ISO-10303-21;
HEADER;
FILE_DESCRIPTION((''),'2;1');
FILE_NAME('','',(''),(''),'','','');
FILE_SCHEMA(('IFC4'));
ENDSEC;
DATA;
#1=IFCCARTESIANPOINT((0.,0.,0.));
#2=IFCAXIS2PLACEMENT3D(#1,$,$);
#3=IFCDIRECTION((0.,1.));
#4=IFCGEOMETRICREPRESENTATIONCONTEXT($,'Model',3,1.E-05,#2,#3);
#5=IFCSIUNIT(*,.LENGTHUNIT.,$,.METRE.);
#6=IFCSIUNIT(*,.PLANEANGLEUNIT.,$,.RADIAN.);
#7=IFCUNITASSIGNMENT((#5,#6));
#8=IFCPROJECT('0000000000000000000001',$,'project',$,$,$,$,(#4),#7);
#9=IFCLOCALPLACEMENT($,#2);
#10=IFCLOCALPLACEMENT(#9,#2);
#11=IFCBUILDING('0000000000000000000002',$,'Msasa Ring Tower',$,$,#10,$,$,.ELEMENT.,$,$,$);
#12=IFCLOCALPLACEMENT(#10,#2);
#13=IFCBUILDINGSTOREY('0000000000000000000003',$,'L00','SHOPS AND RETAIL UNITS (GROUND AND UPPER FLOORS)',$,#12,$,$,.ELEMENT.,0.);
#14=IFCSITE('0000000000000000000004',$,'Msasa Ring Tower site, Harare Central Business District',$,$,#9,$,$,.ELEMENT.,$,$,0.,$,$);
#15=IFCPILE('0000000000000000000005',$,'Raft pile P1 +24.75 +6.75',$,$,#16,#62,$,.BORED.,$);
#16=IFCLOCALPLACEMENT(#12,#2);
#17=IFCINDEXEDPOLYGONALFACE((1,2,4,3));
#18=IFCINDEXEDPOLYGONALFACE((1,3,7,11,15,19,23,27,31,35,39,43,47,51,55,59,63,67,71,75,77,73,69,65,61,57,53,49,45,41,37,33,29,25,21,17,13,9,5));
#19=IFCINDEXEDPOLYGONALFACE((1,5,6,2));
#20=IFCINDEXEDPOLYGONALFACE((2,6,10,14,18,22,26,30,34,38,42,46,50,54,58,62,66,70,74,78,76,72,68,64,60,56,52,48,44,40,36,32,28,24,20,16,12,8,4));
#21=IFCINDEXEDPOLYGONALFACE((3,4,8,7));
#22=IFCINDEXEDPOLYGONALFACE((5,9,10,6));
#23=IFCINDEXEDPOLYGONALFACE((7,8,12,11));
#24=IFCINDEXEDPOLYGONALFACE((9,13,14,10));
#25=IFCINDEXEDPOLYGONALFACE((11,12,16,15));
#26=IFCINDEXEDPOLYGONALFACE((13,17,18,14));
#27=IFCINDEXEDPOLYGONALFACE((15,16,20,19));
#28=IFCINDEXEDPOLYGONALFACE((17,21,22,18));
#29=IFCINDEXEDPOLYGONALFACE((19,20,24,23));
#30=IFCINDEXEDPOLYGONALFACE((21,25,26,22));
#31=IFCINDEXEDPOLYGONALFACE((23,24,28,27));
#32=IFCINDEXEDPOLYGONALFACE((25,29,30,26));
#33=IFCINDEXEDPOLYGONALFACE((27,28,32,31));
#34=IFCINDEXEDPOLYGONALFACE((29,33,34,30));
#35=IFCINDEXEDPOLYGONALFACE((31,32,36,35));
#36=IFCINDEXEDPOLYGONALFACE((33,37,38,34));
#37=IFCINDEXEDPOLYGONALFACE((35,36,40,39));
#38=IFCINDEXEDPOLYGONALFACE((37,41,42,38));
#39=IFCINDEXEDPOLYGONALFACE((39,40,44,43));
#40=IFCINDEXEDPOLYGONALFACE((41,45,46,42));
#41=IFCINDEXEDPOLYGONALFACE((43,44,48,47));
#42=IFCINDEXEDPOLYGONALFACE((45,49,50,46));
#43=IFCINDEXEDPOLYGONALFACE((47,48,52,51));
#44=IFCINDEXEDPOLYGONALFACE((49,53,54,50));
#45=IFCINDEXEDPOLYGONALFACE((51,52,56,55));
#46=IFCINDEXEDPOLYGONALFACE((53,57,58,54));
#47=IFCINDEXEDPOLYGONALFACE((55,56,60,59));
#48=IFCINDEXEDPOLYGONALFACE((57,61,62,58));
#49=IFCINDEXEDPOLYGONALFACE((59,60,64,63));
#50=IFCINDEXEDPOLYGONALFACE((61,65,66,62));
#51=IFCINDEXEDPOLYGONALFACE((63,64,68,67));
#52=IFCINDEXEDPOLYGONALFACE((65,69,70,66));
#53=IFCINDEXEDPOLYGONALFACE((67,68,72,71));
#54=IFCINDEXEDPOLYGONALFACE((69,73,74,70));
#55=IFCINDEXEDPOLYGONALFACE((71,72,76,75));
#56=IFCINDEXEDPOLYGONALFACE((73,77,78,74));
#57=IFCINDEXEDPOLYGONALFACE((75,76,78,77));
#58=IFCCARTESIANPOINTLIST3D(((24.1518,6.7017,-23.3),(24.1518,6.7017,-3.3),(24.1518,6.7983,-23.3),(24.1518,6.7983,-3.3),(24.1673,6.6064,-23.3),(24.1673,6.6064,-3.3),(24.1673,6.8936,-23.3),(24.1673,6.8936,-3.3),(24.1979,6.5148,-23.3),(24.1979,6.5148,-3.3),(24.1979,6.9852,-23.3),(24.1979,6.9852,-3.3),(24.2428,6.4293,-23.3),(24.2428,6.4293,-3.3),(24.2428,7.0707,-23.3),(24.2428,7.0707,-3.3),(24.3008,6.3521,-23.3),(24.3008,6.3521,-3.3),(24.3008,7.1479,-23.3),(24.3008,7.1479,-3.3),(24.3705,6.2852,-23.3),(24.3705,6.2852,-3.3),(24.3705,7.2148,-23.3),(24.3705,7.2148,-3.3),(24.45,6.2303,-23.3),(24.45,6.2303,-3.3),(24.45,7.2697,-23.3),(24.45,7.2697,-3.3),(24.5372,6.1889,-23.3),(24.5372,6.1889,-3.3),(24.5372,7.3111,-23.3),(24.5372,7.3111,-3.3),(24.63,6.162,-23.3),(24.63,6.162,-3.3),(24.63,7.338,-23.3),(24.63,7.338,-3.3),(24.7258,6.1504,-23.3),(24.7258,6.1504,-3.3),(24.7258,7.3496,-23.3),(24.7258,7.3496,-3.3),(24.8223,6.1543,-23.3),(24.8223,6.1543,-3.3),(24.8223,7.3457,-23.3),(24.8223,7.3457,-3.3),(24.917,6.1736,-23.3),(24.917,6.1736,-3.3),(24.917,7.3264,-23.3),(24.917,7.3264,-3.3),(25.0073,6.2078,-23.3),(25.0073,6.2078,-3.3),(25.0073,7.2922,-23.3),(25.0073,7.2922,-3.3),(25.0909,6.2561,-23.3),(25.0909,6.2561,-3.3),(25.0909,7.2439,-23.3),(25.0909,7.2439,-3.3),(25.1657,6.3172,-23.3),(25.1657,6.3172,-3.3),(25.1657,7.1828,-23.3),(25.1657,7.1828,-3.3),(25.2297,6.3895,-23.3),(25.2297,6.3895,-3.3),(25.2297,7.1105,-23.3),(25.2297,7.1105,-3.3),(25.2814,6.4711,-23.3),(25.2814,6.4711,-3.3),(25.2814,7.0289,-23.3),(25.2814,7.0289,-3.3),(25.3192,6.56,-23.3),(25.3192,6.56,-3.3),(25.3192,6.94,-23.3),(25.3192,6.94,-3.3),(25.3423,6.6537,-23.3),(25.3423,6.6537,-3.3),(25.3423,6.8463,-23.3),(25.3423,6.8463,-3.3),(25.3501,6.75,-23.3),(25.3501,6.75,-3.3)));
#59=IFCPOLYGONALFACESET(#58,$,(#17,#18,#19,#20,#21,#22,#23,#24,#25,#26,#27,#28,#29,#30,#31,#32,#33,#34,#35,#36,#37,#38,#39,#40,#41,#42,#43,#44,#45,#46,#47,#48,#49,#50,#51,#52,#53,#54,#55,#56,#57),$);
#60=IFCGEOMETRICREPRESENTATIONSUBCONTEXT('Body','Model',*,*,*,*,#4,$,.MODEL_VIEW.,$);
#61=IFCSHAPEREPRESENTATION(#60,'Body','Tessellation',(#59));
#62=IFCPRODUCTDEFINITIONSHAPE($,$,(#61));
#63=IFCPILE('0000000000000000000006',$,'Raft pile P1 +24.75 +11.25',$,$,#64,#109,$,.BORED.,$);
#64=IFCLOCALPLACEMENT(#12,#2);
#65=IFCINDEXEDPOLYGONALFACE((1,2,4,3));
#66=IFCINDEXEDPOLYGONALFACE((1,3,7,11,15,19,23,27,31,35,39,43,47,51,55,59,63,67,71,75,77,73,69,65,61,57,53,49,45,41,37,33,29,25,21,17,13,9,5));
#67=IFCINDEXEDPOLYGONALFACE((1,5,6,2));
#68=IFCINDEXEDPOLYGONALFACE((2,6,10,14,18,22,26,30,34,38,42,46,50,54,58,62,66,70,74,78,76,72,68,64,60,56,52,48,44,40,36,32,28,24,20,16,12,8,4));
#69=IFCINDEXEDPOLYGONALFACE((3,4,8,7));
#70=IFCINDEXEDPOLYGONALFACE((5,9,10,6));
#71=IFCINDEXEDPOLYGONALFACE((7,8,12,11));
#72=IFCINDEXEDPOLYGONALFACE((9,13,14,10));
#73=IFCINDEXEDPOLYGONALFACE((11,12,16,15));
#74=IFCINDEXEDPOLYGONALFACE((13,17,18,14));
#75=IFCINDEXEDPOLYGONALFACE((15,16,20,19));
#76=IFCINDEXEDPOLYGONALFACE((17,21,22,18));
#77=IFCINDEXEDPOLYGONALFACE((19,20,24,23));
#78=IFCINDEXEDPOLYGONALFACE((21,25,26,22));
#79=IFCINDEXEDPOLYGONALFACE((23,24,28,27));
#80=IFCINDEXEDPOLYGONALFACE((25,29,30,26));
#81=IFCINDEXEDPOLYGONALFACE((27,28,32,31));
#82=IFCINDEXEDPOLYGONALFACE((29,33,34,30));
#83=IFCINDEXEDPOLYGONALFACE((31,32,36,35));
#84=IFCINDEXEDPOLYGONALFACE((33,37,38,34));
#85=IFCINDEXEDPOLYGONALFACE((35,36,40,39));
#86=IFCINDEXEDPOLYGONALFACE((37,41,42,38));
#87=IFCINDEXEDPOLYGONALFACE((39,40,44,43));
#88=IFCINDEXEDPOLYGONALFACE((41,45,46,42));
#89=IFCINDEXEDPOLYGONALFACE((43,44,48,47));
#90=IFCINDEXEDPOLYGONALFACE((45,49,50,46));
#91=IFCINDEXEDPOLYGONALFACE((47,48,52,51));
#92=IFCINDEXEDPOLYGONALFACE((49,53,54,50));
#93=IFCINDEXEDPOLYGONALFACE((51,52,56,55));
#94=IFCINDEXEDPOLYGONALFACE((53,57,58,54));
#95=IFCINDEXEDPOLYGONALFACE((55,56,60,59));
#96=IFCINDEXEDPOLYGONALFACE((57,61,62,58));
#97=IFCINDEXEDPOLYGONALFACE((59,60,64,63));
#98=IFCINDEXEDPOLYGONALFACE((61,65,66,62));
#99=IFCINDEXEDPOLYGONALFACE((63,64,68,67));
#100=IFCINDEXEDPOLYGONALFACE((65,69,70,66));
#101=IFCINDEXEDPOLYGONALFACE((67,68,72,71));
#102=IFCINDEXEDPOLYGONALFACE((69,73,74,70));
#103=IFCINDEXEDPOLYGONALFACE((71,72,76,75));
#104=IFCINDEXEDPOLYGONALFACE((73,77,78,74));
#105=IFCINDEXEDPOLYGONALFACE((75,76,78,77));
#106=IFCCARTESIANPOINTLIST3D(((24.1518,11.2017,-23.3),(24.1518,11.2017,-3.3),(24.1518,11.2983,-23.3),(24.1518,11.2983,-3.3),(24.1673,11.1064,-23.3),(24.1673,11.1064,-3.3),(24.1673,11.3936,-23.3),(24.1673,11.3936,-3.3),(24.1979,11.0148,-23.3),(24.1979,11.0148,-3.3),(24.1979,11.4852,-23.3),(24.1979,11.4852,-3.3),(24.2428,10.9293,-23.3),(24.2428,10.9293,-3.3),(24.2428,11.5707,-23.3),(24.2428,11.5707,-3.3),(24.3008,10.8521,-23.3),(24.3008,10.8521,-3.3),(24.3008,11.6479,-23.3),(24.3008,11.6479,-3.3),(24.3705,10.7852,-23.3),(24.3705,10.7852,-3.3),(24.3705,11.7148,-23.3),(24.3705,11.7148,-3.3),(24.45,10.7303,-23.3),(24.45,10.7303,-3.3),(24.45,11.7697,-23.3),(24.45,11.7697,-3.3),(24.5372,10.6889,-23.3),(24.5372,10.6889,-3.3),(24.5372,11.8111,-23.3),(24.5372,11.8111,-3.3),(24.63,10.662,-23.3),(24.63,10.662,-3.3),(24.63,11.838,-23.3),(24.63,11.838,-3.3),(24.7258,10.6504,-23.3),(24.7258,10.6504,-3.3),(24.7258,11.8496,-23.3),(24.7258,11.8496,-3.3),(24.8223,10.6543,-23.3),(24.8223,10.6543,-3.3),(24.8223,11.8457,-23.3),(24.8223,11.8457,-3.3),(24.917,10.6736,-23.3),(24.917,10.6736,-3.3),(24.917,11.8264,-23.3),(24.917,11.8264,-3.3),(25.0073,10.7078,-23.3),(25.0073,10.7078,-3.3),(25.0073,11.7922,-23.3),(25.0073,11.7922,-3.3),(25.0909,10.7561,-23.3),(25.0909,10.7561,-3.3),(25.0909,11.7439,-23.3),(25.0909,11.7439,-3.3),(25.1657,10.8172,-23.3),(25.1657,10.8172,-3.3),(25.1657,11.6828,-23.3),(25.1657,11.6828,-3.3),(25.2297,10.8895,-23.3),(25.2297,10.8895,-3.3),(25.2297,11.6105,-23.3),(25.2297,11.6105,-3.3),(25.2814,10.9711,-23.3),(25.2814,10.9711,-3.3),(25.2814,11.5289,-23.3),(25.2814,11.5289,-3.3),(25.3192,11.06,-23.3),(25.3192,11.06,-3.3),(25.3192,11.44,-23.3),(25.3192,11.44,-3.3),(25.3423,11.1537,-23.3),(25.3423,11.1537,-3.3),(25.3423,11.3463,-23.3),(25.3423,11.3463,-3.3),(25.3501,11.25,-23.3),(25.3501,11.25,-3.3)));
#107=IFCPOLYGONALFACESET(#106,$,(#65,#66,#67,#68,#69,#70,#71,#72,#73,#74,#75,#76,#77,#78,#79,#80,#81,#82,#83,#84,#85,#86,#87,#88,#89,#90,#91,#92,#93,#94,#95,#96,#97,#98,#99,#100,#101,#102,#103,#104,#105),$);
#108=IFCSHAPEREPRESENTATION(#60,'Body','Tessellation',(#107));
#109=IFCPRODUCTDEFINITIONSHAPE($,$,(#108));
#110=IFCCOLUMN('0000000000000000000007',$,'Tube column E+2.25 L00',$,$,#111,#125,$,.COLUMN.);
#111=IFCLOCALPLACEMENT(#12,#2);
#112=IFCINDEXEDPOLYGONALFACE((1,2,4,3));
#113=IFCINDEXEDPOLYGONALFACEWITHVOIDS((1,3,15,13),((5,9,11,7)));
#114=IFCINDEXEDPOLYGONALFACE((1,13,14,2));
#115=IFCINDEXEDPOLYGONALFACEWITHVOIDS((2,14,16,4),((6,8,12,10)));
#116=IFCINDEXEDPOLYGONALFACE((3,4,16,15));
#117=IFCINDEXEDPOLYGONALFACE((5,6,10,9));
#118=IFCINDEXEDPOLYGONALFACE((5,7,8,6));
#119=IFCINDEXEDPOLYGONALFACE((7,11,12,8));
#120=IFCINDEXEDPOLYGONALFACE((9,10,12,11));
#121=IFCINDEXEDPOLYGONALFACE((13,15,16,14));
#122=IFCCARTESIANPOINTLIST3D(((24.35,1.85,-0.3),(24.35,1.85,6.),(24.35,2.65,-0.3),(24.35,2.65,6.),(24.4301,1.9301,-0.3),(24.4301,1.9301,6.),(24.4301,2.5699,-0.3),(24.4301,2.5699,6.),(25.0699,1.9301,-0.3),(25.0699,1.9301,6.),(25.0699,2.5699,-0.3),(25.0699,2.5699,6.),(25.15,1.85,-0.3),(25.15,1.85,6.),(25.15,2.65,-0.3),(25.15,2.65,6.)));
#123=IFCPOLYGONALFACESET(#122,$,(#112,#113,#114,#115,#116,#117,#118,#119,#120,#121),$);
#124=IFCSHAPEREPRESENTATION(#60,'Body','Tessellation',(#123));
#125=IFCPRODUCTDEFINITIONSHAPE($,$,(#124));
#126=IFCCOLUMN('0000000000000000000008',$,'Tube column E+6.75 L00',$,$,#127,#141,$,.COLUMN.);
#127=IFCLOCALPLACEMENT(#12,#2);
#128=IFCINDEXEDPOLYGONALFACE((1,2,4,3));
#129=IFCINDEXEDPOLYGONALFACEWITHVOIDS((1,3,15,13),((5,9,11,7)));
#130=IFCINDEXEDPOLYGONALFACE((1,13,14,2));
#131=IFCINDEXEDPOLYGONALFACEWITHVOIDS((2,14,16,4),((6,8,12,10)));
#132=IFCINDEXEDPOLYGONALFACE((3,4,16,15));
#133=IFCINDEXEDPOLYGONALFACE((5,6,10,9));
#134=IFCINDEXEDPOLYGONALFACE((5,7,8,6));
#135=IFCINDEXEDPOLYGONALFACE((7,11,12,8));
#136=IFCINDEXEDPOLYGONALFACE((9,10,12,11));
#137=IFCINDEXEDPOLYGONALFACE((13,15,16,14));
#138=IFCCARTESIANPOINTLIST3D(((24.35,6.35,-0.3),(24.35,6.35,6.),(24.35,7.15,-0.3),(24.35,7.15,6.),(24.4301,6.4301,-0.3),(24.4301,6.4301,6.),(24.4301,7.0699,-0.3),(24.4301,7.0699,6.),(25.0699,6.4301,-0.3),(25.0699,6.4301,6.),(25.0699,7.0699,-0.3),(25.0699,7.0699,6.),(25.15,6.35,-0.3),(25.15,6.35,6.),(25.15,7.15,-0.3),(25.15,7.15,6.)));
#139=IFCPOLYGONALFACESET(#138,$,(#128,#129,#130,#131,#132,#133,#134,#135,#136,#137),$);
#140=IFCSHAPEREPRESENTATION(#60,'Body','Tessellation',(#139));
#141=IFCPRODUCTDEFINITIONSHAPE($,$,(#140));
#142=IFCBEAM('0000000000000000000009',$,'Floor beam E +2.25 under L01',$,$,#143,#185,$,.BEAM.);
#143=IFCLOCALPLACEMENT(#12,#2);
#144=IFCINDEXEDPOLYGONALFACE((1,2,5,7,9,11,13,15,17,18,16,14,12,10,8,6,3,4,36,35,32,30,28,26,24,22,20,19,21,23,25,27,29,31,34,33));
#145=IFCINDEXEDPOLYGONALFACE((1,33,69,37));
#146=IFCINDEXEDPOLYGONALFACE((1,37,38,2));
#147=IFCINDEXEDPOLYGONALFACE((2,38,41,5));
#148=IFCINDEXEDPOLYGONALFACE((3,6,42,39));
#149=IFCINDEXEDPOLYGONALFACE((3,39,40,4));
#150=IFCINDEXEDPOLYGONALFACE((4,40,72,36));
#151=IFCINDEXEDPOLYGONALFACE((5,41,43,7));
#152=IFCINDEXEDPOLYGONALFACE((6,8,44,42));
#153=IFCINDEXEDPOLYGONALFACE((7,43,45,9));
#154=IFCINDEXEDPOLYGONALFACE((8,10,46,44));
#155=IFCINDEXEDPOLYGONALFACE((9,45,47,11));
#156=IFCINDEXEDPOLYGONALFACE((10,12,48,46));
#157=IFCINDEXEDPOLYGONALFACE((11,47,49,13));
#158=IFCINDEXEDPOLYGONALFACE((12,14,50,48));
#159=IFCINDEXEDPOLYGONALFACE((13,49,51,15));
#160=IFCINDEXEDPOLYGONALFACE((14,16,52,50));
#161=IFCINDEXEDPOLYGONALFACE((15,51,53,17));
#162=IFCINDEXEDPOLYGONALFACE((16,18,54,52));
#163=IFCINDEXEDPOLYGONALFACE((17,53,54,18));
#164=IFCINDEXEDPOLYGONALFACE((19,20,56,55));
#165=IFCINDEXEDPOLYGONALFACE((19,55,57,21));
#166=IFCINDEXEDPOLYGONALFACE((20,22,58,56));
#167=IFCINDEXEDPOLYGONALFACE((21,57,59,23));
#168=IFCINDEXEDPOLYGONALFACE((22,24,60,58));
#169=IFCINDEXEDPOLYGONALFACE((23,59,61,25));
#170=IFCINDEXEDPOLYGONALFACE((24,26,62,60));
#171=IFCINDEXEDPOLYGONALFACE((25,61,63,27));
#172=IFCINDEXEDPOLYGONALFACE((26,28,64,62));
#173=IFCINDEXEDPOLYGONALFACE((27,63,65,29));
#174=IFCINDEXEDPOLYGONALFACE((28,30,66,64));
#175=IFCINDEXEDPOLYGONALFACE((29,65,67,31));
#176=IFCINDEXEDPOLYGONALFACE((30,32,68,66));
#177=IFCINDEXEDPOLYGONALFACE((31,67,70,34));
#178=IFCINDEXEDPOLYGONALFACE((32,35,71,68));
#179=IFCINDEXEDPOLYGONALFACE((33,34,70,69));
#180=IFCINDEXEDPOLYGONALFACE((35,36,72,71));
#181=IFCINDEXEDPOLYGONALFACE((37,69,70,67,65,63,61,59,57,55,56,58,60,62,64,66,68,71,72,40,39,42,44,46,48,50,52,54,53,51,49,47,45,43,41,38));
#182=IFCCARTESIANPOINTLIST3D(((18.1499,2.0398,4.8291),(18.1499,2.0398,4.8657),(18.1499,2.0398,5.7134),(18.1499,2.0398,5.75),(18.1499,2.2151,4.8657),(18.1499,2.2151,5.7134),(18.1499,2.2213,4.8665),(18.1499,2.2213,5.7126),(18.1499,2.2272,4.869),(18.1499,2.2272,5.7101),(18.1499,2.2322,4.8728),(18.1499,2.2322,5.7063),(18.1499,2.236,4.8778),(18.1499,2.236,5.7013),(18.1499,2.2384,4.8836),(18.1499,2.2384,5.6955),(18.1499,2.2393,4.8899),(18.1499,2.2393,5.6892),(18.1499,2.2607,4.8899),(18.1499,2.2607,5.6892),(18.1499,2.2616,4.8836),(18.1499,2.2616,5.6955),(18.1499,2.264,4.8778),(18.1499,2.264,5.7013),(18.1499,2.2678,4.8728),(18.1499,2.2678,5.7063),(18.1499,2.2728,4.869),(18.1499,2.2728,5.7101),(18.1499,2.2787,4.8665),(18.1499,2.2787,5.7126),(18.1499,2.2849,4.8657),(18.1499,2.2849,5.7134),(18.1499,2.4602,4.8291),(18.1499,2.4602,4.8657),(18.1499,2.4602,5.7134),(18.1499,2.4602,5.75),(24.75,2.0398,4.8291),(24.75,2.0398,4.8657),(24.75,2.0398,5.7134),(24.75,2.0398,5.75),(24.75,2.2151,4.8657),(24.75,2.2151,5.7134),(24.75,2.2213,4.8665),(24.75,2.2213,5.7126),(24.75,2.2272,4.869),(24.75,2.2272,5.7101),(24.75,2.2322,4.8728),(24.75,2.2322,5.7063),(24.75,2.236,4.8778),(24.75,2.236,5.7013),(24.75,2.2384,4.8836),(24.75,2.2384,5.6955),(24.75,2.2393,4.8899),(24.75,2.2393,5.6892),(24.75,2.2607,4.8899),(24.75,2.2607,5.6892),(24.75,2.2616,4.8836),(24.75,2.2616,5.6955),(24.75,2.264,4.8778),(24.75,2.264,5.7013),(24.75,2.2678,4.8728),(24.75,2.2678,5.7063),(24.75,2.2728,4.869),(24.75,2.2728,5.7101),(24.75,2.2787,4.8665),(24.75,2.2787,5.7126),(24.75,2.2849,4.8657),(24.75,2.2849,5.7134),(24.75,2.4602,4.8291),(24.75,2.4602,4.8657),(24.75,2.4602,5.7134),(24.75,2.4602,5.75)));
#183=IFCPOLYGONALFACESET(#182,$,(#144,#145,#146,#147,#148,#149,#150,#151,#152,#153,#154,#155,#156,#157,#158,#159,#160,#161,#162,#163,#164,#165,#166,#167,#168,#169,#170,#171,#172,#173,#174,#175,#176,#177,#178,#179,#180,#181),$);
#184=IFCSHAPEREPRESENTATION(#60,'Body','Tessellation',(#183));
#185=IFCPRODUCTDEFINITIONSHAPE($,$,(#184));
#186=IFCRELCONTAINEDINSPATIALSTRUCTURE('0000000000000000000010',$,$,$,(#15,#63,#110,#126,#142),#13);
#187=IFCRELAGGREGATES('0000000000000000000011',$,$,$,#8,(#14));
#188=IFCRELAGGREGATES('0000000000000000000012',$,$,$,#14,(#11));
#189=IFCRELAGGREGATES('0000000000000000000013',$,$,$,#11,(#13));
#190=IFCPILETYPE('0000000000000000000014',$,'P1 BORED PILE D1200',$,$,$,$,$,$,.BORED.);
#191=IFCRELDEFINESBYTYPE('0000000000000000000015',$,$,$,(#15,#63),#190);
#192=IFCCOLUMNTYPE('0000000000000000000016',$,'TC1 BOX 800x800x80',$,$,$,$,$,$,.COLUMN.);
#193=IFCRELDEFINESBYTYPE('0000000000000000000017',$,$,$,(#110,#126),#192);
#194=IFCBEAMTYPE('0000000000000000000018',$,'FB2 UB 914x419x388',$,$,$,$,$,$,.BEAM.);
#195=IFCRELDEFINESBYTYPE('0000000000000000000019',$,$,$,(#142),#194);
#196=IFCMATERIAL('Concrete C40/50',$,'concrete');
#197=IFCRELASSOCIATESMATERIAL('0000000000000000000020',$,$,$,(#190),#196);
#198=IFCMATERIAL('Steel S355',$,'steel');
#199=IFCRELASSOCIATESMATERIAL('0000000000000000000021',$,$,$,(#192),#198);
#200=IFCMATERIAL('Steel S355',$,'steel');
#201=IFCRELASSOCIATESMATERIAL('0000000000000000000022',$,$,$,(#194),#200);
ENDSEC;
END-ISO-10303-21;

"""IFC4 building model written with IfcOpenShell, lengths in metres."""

from ifc_helpers import new_model, si_unit, direction, frame, origin, origin_2d, place, context, subcontext, project, spatial, hollow_rectangle, circle, i_section, extrude, material, material_profile, profile_set, type_object, element, save


model = new_model("IFC4")

# Units and contexts
model_context = context("Model", 3, precision=1e-05, world=origin(), true_north=direction((0.0, 1.0)))
body_context = subcontext(model_context, "Body", "Model", "MODEL_VIEW")
ifc_project = project(units=[si_unit("LENGTHUNIT", "METRE"), si_unit("PLANEANGLEUNIT", "RADIAN")], contexts=[model_context])

# Site, building, storey
site_placement = place(None, origin())
site = spatial("IfcSite", under=ifc_project, at=site_placement, Name="Msasa Ring Tower site, Harare Central Business District", CompositionType="ELEMENT", RefElevation=0.0)
building_placement = place(site_placement, origin())
building = spatial("IfcBuilding", under=site, at=building_placement, Name="Msasa Ring Tower", CompositionType="ELEMENT")
storey_placement = place(building_placement, origin())
storey = spatial("IfcBuildingStorey", under=building, at=storey_placement, Name="L00", Description="SHOPS AND RETAIL UNITS (GROUND AND UPPER FLOORS)", CompositionType="ELEMENT", Elevation=0.0)

# Piles
ifc_material_1 = material(Name="Concrete C40/50", Category="concrete")
ifc_material_profile_1 = material_profile(ifc_material_1, circle(Radius=0.6001, at=origin_2d()), Name="D1200")
ifc_profile_set_1 = profile_set([ifc_material_profile_1], Name="Concrete C40/50")
pile_type = type_object("IfcPileType", Name="P1 BORED PILE D1200", PredefinedType="BORED", material=ifc_profile_set_1)
for number, where, z_axis, x_axis, name in (
    (1, (24.75, 6.75, -3.3), (0.0, 0.0, -1.0), (1.0, 0.0, 0.0), "Raft pile P1 +24.75 +6.75"),
    (2, (24.75, 11.25, -3.3), (0.0, 0.0, -1.0), (1.0, 0.0, 0.0), "Raft pile P1 +24.75 +11.25"),
):
    element("IfcPile", number, at=place(storey_placement, frame(where, z_axis=z_axis, x_axis=x_axis)), inside=storey, type_object=pile_type, Name=name, PredefinedType="BORED", context=body_context, shape_type="SweptSolid", body=[
        extrude(circle(Radius=0.6001, at=origin_2d()), origin(), (0.0, 0.0, 1.0), 20.0),
    ])

# Columns
ifc_material_2 = material(Name="Steel S355", Category="steel")
ifc_material_profile_2 = material_profile(ifc_material_2, hollow_rectangle(XDim=0.8, YDim=0.8, WallThickness=0.0801, at=origin_2d()), Name="BOX 800x800x80")
ifc_profile_set_2 = profile_set([ifc_material_profile_2], Name="Steel S355")
column_type = type_object("IfcColumnType", Name="TC1 BOX 800x800x80", PredefinedType="COLUMN", material=ifc_profile_set_2)
for number, where, z_axis, x_axis, name in (
    (3, (24.75, 2.25, -0.3), (0.0, 0.0, 1.0), (1.0, 0.0, 0.0), "Tube column E+2.25 L00"),
    (4, (24.75, 6.75, -0.3), (0.0, 0.0, 1.0), (1.0, 0.0, 0.0), "Tube column E+6.75 L00"),
):
    element("IfcColumn", number, at=place(storey_placement, frame(where, z_axis=z_axis, x_axis=x_axis)), inside=storey, type_object=column_type, Name=name, PredefinedType="COLUMN", context=body_context, shape_type="SweptSolid", body=[
        extrude(hollow_rectangle(XDim=0.8, YDim=0.8, WallThickness=0.0801, at=origin_2d()), origin(), (0.0, 0.0, 1.0), 6.3),
    ])

# Beam
ifc_material_3 = material(Name="Steel S355", Category="steel")
ifc_material_profile_3 = material_profile(ifc_material_3, i_section(OverallWidth=0.4204, OverallDepth=0.9209, WebThickness=0.0215, FlangeThickness=0.0366, FilletRadius=0.0242, at=origin_2d()), Name="UB 914x419x388")
ifc_profile_set_3 = profile_set([ifc_material_profile_3], Name="Steel S355")
beam_type_1 = type_object("IfcBeamType", Name="FB2 UB 914x419x388", PredefinedType="BEAM", material=ifc_profile_set_3)
beam_1_placement = place(storey_placement, frame((24.75, 2.25, 5.2896), z_axis=(-1.0, 0.0, 0.0), x_axis=(0.0, -1.0, 0.0)))
element("IfcBeam", 5, at=beam_1_placement, inside=storey, type_object=beam_type_1, Name="Floor beam E +2.25 under L01", PredefinedType="BEAM", context=body_context, shape_type="SweptSolid", body=[
    extrude(i_section(OverallWidth=0.4204, OverallDepth=0.9209, WebThickness=0.0215, FlangeThickness=0.0366, FilletRadius=0.0242, at=origin_2d()), origin(), (0.0, 0.0, 1.0), 6.6001),
])

save(model, "model.ifc")
